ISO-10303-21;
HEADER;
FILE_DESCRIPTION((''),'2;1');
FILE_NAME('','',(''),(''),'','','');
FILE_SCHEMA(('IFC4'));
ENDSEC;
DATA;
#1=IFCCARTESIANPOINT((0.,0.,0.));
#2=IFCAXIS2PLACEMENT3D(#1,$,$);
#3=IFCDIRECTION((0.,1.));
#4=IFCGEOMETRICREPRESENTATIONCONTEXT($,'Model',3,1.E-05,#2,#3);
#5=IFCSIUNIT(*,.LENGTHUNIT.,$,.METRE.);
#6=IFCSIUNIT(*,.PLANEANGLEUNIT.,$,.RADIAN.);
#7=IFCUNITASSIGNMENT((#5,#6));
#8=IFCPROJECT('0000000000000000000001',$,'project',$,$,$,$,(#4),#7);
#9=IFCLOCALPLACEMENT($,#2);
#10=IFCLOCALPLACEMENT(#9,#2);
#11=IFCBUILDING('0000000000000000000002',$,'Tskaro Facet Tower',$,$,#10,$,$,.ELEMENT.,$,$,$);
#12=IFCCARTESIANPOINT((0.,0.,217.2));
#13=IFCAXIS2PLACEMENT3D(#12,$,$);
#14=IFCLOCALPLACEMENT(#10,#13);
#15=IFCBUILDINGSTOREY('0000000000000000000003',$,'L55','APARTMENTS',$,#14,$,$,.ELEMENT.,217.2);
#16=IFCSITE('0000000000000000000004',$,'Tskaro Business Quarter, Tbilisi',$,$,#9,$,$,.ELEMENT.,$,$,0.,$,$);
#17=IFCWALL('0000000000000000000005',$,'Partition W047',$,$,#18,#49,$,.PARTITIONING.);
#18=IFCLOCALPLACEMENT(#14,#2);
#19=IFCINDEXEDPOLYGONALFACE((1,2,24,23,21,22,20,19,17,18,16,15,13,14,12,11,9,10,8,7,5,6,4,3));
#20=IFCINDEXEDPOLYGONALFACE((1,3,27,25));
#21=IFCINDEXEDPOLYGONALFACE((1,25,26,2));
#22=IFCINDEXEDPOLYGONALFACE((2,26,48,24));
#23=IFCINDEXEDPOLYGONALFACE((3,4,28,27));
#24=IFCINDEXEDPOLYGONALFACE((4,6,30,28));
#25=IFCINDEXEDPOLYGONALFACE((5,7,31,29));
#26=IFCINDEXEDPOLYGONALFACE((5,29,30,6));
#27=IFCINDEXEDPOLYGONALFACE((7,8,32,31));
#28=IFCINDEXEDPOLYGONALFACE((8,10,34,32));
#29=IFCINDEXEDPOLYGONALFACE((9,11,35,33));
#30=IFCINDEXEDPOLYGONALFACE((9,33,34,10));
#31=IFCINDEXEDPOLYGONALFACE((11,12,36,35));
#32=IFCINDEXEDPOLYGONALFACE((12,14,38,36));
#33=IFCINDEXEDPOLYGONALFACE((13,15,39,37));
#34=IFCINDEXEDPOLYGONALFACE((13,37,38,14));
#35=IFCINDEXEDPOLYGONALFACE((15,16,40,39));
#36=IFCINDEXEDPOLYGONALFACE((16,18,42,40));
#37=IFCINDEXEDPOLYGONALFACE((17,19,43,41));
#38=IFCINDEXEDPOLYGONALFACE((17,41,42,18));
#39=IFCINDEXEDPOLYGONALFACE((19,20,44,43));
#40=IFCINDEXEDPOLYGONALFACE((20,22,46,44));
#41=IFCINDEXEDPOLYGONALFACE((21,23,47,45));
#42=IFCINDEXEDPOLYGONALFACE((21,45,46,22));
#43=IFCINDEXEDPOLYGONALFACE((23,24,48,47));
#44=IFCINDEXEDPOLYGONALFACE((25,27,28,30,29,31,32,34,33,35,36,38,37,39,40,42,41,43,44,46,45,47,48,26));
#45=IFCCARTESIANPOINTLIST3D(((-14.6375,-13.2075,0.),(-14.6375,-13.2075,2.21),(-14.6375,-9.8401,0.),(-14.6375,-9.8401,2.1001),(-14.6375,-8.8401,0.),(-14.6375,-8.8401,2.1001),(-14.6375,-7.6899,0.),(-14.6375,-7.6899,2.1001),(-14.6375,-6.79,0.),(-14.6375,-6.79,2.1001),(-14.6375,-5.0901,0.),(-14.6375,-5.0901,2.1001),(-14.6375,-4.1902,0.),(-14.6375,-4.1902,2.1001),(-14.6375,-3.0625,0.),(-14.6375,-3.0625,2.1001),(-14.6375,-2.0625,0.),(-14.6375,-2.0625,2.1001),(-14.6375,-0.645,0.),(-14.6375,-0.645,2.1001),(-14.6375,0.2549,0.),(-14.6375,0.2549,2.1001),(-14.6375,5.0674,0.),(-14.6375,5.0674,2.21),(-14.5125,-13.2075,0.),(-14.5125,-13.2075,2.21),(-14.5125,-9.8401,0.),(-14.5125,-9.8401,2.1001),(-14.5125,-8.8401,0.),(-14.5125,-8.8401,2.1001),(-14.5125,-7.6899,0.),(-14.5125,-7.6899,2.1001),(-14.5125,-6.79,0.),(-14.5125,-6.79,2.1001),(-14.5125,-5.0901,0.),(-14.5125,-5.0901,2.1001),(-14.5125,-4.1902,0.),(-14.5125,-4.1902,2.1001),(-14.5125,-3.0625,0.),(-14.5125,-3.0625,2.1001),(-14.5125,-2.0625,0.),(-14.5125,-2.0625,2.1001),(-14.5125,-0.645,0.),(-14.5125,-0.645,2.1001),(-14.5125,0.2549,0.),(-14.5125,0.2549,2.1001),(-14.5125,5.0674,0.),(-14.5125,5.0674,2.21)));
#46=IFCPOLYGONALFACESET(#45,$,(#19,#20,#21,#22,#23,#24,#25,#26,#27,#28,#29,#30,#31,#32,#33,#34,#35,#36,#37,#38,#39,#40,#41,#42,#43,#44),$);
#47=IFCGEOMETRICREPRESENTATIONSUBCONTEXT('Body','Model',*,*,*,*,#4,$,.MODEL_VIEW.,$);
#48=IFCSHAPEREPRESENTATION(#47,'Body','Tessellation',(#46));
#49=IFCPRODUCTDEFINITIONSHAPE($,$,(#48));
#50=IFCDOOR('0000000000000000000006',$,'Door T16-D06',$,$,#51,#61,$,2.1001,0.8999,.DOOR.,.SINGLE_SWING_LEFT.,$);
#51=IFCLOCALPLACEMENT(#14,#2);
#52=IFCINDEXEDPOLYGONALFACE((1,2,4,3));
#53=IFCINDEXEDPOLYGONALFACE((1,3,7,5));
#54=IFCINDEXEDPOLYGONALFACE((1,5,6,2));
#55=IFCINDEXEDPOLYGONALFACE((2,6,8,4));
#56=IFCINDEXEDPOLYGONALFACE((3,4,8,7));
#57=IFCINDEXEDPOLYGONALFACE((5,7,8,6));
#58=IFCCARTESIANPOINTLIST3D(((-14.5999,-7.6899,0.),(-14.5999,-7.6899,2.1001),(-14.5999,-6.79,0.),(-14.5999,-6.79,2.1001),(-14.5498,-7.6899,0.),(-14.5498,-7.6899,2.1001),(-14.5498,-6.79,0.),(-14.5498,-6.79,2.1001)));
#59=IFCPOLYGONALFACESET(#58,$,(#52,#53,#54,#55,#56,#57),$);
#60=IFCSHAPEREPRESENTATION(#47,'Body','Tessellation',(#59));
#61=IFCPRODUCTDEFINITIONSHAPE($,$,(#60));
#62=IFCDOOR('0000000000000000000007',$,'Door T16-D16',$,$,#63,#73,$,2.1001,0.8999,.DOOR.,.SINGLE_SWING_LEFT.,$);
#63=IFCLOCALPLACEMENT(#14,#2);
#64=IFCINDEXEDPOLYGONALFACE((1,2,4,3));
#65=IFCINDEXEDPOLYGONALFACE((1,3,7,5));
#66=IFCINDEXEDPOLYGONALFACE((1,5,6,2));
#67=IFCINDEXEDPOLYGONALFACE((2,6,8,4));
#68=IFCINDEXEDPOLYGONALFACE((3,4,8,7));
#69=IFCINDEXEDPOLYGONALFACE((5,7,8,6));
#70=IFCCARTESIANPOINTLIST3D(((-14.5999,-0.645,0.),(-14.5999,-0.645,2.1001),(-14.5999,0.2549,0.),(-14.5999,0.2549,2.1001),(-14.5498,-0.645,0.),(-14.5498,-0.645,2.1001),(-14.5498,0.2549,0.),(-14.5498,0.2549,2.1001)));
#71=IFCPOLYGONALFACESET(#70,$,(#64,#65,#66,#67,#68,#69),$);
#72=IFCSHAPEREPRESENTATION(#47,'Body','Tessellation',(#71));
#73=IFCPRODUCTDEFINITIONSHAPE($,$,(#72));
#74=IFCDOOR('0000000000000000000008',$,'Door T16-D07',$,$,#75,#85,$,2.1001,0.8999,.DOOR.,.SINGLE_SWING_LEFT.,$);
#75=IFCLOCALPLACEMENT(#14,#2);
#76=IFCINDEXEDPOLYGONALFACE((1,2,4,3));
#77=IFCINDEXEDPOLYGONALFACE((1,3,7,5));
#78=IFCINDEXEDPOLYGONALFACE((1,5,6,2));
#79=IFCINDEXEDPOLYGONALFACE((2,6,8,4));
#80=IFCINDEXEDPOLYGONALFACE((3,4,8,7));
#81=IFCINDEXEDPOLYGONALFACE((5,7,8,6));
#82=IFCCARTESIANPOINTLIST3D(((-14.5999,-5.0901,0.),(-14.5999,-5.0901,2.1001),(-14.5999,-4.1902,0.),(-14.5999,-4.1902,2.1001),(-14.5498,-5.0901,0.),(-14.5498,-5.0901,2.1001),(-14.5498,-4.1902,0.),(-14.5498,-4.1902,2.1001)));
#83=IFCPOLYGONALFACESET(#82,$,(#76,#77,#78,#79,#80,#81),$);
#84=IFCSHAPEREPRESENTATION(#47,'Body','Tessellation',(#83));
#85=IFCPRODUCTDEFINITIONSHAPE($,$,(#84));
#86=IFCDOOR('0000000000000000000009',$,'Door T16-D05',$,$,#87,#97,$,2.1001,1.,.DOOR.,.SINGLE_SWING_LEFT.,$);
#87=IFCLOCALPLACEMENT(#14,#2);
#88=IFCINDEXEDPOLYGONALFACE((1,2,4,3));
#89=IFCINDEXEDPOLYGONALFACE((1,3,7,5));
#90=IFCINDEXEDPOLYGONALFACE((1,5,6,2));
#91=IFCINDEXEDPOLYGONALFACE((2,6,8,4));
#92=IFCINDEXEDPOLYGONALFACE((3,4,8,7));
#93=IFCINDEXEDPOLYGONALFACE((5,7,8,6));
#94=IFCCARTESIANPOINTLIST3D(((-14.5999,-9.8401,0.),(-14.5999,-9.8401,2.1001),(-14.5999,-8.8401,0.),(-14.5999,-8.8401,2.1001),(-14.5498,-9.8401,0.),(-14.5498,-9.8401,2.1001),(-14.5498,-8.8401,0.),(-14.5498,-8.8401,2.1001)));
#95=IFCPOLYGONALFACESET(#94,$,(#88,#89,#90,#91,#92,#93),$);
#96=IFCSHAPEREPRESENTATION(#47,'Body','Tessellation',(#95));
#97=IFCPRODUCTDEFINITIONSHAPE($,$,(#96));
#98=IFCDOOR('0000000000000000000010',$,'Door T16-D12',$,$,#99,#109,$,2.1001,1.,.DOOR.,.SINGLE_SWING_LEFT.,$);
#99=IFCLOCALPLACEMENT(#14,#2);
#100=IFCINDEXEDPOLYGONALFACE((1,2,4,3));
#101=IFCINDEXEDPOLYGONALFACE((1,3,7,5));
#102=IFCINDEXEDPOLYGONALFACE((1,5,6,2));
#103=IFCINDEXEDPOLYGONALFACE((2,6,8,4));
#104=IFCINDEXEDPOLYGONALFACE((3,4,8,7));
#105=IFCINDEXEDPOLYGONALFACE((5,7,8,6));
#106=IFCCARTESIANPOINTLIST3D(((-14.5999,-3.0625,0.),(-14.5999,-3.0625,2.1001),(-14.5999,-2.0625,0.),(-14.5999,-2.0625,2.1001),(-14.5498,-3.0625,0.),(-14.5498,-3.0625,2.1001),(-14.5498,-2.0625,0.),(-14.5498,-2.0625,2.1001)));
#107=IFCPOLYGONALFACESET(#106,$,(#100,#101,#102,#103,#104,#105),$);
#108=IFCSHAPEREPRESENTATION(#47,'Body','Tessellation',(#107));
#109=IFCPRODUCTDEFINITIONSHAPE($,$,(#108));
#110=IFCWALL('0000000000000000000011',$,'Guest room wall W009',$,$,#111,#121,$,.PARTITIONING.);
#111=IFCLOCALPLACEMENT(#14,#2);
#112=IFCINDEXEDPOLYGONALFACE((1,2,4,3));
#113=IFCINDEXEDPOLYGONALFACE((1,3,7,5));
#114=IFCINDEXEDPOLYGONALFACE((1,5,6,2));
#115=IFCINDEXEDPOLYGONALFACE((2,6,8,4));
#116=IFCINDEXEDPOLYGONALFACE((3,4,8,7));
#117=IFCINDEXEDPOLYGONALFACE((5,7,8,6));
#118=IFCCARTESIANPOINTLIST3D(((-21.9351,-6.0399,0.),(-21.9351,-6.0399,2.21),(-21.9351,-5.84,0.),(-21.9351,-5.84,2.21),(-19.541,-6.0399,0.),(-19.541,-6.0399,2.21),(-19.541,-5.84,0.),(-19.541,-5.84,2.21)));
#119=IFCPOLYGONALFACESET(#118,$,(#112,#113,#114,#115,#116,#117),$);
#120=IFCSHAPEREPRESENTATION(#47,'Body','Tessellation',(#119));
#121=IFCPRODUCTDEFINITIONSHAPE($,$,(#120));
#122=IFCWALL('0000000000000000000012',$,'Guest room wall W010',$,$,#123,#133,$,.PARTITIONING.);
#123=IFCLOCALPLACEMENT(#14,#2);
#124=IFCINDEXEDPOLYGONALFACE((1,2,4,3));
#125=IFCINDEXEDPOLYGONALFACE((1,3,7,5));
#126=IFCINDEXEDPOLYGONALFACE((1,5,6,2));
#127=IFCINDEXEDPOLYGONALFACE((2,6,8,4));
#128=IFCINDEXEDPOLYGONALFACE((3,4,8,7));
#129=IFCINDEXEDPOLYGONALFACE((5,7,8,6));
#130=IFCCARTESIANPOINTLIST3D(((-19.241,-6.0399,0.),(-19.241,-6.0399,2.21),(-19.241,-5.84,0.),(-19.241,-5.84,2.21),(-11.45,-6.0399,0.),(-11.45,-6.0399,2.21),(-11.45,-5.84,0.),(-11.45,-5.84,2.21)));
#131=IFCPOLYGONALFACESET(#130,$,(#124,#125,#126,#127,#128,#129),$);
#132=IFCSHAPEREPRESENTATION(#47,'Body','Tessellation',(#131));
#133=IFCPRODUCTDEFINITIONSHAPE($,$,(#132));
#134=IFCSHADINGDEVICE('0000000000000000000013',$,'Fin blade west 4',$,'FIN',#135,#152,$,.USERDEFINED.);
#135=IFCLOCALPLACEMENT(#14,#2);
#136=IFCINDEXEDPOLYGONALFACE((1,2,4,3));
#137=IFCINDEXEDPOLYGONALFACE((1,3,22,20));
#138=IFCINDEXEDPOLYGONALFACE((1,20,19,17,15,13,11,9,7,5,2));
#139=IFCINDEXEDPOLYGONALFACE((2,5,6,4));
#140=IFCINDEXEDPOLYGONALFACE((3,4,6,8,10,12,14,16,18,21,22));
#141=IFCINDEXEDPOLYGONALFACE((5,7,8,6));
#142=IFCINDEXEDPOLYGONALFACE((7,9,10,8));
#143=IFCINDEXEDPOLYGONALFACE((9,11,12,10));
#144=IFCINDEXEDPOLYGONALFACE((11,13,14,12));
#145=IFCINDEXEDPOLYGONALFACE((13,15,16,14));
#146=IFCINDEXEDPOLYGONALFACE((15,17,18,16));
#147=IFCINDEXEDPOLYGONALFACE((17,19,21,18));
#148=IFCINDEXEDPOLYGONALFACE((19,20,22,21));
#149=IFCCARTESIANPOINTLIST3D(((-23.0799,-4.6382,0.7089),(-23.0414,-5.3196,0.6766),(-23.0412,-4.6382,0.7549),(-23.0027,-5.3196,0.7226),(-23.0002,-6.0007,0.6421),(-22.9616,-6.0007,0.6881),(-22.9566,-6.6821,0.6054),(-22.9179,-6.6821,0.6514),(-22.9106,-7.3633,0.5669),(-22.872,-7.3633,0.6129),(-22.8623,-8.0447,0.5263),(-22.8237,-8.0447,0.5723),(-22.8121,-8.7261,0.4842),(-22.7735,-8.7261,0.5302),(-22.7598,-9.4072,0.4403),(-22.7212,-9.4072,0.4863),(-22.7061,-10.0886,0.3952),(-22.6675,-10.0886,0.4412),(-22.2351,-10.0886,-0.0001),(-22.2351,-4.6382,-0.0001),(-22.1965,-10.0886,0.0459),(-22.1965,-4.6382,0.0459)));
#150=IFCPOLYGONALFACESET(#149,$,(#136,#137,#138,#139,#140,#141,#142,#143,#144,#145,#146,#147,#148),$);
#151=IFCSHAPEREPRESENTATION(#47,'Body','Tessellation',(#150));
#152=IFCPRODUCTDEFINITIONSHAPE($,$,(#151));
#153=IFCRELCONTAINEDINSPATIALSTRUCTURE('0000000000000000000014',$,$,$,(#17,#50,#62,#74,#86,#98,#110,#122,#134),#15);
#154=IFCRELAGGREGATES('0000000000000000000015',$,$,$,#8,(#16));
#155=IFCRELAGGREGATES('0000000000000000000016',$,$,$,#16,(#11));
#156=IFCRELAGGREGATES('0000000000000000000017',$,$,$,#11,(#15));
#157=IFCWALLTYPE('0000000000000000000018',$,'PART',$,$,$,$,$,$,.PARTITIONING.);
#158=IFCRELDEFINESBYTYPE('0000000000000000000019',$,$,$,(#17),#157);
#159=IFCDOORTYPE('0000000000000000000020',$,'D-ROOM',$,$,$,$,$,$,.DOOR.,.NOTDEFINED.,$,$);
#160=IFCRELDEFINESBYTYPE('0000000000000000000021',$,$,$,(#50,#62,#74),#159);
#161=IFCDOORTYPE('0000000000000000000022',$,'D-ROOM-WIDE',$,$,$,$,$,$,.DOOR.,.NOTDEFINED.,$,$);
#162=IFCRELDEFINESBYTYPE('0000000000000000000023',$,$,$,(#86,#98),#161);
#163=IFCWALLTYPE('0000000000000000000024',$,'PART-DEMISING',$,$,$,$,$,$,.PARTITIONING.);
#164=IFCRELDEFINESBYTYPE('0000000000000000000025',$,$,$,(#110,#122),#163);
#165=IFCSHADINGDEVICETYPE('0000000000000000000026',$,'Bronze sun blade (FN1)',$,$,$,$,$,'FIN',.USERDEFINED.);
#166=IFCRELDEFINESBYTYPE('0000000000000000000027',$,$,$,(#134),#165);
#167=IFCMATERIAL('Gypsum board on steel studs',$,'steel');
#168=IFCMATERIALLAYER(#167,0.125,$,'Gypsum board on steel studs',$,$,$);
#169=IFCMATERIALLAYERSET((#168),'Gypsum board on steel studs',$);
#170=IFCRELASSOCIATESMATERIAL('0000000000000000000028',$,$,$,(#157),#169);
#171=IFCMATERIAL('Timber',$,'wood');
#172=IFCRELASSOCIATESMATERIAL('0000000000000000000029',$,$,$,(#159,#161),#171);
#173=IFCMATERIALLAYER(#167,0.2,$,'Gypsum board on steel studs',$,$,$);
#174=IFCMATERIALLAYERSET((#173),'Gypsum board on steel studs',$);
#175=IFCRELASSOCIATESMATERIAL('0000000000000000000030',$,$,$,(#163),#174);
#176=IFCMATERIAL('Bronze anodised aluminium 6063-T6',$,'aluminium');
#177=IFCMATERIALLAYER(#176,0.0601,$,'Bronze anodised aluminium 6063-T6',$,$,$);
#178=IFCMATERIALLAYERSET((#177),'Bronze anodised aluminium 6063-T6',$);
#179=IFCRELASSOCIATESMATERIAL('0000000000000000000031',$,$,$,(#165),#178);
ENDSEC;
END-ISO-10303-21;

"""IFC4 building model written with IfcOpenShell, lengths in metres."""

from ifc_helpers import new_model, si_unit, direction, frame, frame_2d, origin, place, context, subcontext, project, spatial, polyline, rectangle, outline, extrude, material, layer, layer_set, type_object, element, fill, save


model = new_model("IFC4")

# Units and contexts
model_context = context("Model", 3, precision=1e-05, world=origin(), true_north=direction((0.0, 1.0)))
body_context = subcontext(model_context, "Body", "Model", "MODEL_VIEW")
ifc_project = project(units=[si_unit("LENGTHUNIT", "METRE"), si_unit("PLANEANGLEUNIT", "RADIAN")], contexts=[model_context])

# Site, building, storey
site_placement = place(None, origin())
site = spatial("IfcSite", under=ifc_project, at=site_placement, Name="Tskaro Business Quarter, Tbilisi", CompositionType="ELEMENT", RefElevation=0.0)
building_placement = place(site_placement, origin())
building = spatial("IfcBuilding", under=site, at=building_placement, Name="Tskaro Facet Tower", CompositionType="ELEMENT")
storey_placement = place(building_placement, frame((0.0, 0.0, 217.2)))
storey = spatial("IfcBuildingStorey", under=building, at=storey_placement, Name="L55", Description="APARTMENTS", CompositionType="ELEMENT", Elevation=217.2)

# Shared definitions
ifc_material_1 = material(Name="Bronze anodised aluminium 6063-T6", Category="aluminium")

# Shared definitions
ifc_material_2 = material(Name="Gypsum board on steel studs", Category="steel")
ifc_layer_1 = layer(ifc_material_2, 0.125, Name="Gypsum board on steel studs")
ifc_layer_set_1 = layer_set([ifc_layer_1], Name="Gypsum board on steel studs")
wall_type_1 = type_object("IfcWallType", Name="PART", PredefinedType="PARTITIONING", material=ifc_layer_set_1)

# Wall, openings, doors
wall_1_placement = place(storey_placement, frame((-14.575, -13.2075, 0.0), z_axis=(0.0, 0.0, 1.0), x_axis=(0.0, 1.0, 0.0)))
wall_1 = element("IfcWall", 1, at=wall_1_placement, inside=storey, type_object=wall_type_1, Name="Partition W047", PredefinedType="PARTITIONING", context=body_context, shape_type="SweptSolid", body=[
    extrude(rectangle(XDim=18.2749, YDim=0.125, at=frame_2d((9.1375, 0.0))), origin(), (0.0, 0.0, 1.0), 2.21),
])
opening_1_placement = place(wall_1_placement, frame((3.3674, 0.0, 0.0)))
opening_1 = element("IfcOpeningElement", 2, at=opening_1_placement, cuts=wall_1, PredefinedType="OPENING", context=body_context, shape_type="SweptSolid", body=[
    extrude(rectangle(XDim=1.0, YDim=2.1001, at=frame_2d((0.5, 1.05))), frame((0.0, 0.0725, 0.0), z_axis=(0.0, -1.0, 0.0), x_axis=(1.0, 0.0, 0.0)), (0.0, 0.0, 1.0), 0.145),
])
opening_2_placement = place(wall_1_placement, frame((5.5176, 0.0, 0.0)))
opening_2 = element("IfcOpeningElement", 3, at=opening_2_placement, cuts=wall_1, PredefinedType="OPENING", context=body_context, shape_type="SweptSolid", body=[
    extrude(rectangle(XDim=0.8999, YDim=2.1001, at=frame_2d((0.45, 1.05))), frame((0.0, 0.0725, 0.0), z_axis=(0.0, -1.0, 0.0), x_axis=(1.0, 0.0, 0.0)), (0.0, 0.0, 1.0), 0.145),
])
opening_3_placement = place(wall_1_placement, frame((12.5625, 0.0, 0.0)))
opening_3 = element("IfcOpeningElement", 4, at=opening_3_placement, cuts=wall_1, PredefinedType="OPENING", context=body_context, shape_type="SweptSolid", body=[
    extrude(rectangle(XDim=0.8999, YDim=2.1001, at=frame_2d((0.45, 1.05))), frame((0.0, 0.0725, 0.0), z_axis=(0.0, -1.0, 0.0), x_axis=(1.0, 0.0, 0.0)), (0.0, 0.0, 1.0), 0.145),
])
opening_4_placement = place(wall_1_placement, frame((10.145, 0.0, 0.0)))
opening_4 = element("IfcOpeningElement", 5, at=opening_4_placement, cuts=wall_1, PredefinedType="OPENING", context=body_context, shape_type="SweptSolid", body=[
    extrude(rectangle(XDim=1.0, YDim=2.1001, at=frame_2d((0.5, 1.05))), frame((0.0, 0.0725, 0.0), z_axis=(0.0, -1.0, 0.0), x_axis=(1.0, 0.0, 0.0)), (0.0, 0.0, 1.0), 0.145),
])
opening_5_placement = place(wall_1_placement, frame((8.1174, 0.0, 0.0)))
opening_5 = element("IfcOpeningElement", 6, at=opening_5_placement, cuts=wall_1, PredefinedType="OPENING", context=body_context, shape_type="SweptSolid", body=[
    extrude(rectangle(XDim=0.8999, YDim=2.1001, at=frame_2d((0.45, 1.05))), frame((0.0, 0.0725, 0.0), z_axis=(0.0, -1.0, 0.0), x_axis=(1.0, 0.0, 0.0)), (0.0, 0.0, 1.0), 0.145),
])
ifc_material_3 = material(Name="Timber", Category="wood")
door_type_1 = type_object("IfcDoorType", Name="D-ROOM", OperationType="NOTDEFINED", PredefinedType="DOOR", material=ifc_material_3)
door_1_placement = place(opening_2_placement, origin())
door_1 = element("IfcDoor", 7, at=door_1_placement, inside=storey, type_object=door_type_1, Name="Door T16-D06", OperationType="SINGLE_SWING_LEFT", OverallHeight=2.1001, OverallWidth=0.8999, PredefinedType="DOOR", context=body_context, shape_type="SweptSolid", body=[
    extrude(rectangle(XDim=0.8999, YDim=2.1001, at=frame_2d((0.45, 1.05))), frame((0.0, 0.0249, 0.0), z_axis=(0.0, -1.0, 0.0), x_axis=(1.0, 0.0, 0.0)), (0.0, 0.0, 1.0), 0.05),
])
fill(opening_2, door_1)
door_2_placement = place(opening_3_placement, origin())
door_2 = element("IfcDoor", 8, at=door_2_placement, inside=storey, type_object=door_type_1, Name="Door T16-D16", OperationType="SINGLE_SWING_LEFT", OverallHeight=2.1001, OverallWidth=0.8999, PredefinedType="DOOR", context=body_context, shape_type="SweptSolid", body=[
    extrude(rectangle(XDim=0.8999, YDim=2.1001, at=frame_2d((0.45, 1.05))), frame((0.0, 0.0249, 0.0), z_axis=(0.0, -1.0, 0.0), x_axis=(1.0, 0.0, 0.0)), (0.0, 0.0, 1.0), 0.05),
])
fill(opening_3, door_2)
door_3_placement = place(opening_5_placement, origin())
door_3 = element("IfcDoor", 9, at=door_3_placement, inside=storey, type_object=door_type_1, Name="Door T16-D07", OperationType="SINGLE_SWING_LEFT", OverallHeight=2.1001, OverallWidth=0.8999, PredefinedType="DOOR", context=body_context, shape_type="SweptSolid", body=[
    extrude(rectangle(XDim=0.8999, YDim=2.1001, at=frame_2d((0.45, 1.05))), frame((0.0, 0.0249, 0.0), z_axis=(0.0, -1.0, 0.0), x_axis=(1.0, 0.0, 0.0)), (0.0, 0.0, 1.0), 0.05),
])
fill(opening_5, door_3)
door_type_2 = type_object("IfcDoorType", Name="D-ROOM-WIDE", OperationType="NOTDEFINED", PredefinedType="DOOR", material=ifc_material_3)
door_4_placement = place(opening_1_placement, origin())
door_4 = element("IfcDoor", 10, at=door_4_placement, inside=storey, type_object=door_type_2, Name="Door T16-D05", OperationType="SINGLE_SWING_LEFT", OverallHeight=2.1001, OverallWidth=1.0, PredefinedType="DOOR", context=body_context, shape_type="SweptSolid", body=[
    extrude(rectangle(XDim=1.0, YDim=2.1001, at=frame_2d((0.5, 1.05))), frame((0.0, 0.0249, 0.0), z_axis=(0.0, -1.0, 0.0), x_axis=(1.0, 0.0, 0.0)), (0.0, 0.0, 1.0), 0.05),
])
fill(opening_1, door_4)
door_5_placement = place(opening_4_placement, origin())
door_5 = element("IfcDoor", 11, at=door_5_placement, inside=storey, type_object=door_type_2, Name="Door T16-D12", OperationType="SINGLE_SWING_LEFT", OverallHeight=2.1001, OverallWidth=1.0, PredefinedType="DOOR", context=body_context, shape_type="SweptSolid", body=[
    extrude(rectangle(XDim=1.0, YDim=2.1001, at=frame_2d((0.5, 1.05))), frame((0.0, 0.0249, 0.0), z_axis=(0.0, -1.0, 0.0), x_axis=(1.0, 0.0, 0.0)), (0.0, 0.0, 1.0), 0.05),
])
fill(opening_4, door_5)

# Walls
ifc_layer_2 = layer(ifc_material_2, 0.2, Name="Gypsum board on steel studs")
ifc_layer_set_2 = layer_set([ifc_layer_2], Name="Gypsum board on steel studs")
wall_type_2 = type_object("IfcWallType", Name="PART-DEMISING", PredefinedType="PARTITIONING", material=ifc_layer_set_2)
wall_2_placement = place(storey_placement, frame((-21.9351, -5.9399, 0.0), z_axis=(0.0, 0.0, 1.0), x_axis=(1.0, 0.0, 0.0)))
element("IfcWall", 12, at=wall_2_placement, inside=storey, type_object=wall_type_2, Name="Guest room wall W009", PredefinedType="PARTITIONING", context=body_context, shape_type="SweptSolid", body=[
    extrude(rectangle(XDim=2.394, YDim=0.2, at=frame_2d((1.197, 0.0))), origin(), (0.0, 0.0, 1.0), 2.21),
])
wall_3_placement = place(storey_placement, frame((-19.241, -5.9399, 0.0), z_axis=(0.0, 0.0, 1.0), x_axis=(1.0, 0.0, 0.0)))
element("IfcWall", 13, at=wall_3_placement, inside=storey, type_object=wall_type_2, Name="Guest room wall W010", PredefinedType="PARTITIONING", context=body_context, shape_type="SweptSolid", body=[
    extrude(rectangle(XDim=7.791, YDim=0.2, at=frame_2d((3.8955, 0.0))), origin(), (0.0, 0.0, 1.0), 2.21),
])

# Shading device
ifc_layer_3 = layer(ifc_material_1, 0.0601, Name="Bronze anodised aluminium 6063-T6")
ifc_layer_set_3 = layer_set([ifc_layer_3], Name="Bronze anodised aluminium 6063-T6")
shading_device_type = type_object("IfcShadingDeviceType", Name="Bronze sun blade (FN1)", ElementType="FIN", PredefinedType="USERDEFINED", material=ifc_layer_set_3)
shading_device_1_placement = place(storey_placement, frame((-22.1965, -4.6382, 0.0459), z_axis=(0.642892, 0.000001, 0.765957), x_axis=(0.000001, -1.0, 0.000001)))
element("IfcShadingDevice", 14, at=shading_device_1_placement, inside=storey, type_object=shading_device_type, Name="Fin blade west 4", ObjectType="FIN", PredefinedType="USERDEFINED", context=body_context, shape_type="SweptSolid", body=[
    extrude(outline(polyline([(0.0, 0.0), (5.4504, 0.0), (5.4504, -0.6148), (4.769, -0.685), (4.0879, -0.7533), (3.4065, -0.8188), (2.7251, -0.8819), (2.0439, -0.9418), (1.3625, -0.9989), (0.6814, -1.0526), (0.0, -1.1028), (0.0, 0.0)])), origin(), (0.0, 0.0, -1.0), 0.0601),
])

save(model, "model.ifc")
